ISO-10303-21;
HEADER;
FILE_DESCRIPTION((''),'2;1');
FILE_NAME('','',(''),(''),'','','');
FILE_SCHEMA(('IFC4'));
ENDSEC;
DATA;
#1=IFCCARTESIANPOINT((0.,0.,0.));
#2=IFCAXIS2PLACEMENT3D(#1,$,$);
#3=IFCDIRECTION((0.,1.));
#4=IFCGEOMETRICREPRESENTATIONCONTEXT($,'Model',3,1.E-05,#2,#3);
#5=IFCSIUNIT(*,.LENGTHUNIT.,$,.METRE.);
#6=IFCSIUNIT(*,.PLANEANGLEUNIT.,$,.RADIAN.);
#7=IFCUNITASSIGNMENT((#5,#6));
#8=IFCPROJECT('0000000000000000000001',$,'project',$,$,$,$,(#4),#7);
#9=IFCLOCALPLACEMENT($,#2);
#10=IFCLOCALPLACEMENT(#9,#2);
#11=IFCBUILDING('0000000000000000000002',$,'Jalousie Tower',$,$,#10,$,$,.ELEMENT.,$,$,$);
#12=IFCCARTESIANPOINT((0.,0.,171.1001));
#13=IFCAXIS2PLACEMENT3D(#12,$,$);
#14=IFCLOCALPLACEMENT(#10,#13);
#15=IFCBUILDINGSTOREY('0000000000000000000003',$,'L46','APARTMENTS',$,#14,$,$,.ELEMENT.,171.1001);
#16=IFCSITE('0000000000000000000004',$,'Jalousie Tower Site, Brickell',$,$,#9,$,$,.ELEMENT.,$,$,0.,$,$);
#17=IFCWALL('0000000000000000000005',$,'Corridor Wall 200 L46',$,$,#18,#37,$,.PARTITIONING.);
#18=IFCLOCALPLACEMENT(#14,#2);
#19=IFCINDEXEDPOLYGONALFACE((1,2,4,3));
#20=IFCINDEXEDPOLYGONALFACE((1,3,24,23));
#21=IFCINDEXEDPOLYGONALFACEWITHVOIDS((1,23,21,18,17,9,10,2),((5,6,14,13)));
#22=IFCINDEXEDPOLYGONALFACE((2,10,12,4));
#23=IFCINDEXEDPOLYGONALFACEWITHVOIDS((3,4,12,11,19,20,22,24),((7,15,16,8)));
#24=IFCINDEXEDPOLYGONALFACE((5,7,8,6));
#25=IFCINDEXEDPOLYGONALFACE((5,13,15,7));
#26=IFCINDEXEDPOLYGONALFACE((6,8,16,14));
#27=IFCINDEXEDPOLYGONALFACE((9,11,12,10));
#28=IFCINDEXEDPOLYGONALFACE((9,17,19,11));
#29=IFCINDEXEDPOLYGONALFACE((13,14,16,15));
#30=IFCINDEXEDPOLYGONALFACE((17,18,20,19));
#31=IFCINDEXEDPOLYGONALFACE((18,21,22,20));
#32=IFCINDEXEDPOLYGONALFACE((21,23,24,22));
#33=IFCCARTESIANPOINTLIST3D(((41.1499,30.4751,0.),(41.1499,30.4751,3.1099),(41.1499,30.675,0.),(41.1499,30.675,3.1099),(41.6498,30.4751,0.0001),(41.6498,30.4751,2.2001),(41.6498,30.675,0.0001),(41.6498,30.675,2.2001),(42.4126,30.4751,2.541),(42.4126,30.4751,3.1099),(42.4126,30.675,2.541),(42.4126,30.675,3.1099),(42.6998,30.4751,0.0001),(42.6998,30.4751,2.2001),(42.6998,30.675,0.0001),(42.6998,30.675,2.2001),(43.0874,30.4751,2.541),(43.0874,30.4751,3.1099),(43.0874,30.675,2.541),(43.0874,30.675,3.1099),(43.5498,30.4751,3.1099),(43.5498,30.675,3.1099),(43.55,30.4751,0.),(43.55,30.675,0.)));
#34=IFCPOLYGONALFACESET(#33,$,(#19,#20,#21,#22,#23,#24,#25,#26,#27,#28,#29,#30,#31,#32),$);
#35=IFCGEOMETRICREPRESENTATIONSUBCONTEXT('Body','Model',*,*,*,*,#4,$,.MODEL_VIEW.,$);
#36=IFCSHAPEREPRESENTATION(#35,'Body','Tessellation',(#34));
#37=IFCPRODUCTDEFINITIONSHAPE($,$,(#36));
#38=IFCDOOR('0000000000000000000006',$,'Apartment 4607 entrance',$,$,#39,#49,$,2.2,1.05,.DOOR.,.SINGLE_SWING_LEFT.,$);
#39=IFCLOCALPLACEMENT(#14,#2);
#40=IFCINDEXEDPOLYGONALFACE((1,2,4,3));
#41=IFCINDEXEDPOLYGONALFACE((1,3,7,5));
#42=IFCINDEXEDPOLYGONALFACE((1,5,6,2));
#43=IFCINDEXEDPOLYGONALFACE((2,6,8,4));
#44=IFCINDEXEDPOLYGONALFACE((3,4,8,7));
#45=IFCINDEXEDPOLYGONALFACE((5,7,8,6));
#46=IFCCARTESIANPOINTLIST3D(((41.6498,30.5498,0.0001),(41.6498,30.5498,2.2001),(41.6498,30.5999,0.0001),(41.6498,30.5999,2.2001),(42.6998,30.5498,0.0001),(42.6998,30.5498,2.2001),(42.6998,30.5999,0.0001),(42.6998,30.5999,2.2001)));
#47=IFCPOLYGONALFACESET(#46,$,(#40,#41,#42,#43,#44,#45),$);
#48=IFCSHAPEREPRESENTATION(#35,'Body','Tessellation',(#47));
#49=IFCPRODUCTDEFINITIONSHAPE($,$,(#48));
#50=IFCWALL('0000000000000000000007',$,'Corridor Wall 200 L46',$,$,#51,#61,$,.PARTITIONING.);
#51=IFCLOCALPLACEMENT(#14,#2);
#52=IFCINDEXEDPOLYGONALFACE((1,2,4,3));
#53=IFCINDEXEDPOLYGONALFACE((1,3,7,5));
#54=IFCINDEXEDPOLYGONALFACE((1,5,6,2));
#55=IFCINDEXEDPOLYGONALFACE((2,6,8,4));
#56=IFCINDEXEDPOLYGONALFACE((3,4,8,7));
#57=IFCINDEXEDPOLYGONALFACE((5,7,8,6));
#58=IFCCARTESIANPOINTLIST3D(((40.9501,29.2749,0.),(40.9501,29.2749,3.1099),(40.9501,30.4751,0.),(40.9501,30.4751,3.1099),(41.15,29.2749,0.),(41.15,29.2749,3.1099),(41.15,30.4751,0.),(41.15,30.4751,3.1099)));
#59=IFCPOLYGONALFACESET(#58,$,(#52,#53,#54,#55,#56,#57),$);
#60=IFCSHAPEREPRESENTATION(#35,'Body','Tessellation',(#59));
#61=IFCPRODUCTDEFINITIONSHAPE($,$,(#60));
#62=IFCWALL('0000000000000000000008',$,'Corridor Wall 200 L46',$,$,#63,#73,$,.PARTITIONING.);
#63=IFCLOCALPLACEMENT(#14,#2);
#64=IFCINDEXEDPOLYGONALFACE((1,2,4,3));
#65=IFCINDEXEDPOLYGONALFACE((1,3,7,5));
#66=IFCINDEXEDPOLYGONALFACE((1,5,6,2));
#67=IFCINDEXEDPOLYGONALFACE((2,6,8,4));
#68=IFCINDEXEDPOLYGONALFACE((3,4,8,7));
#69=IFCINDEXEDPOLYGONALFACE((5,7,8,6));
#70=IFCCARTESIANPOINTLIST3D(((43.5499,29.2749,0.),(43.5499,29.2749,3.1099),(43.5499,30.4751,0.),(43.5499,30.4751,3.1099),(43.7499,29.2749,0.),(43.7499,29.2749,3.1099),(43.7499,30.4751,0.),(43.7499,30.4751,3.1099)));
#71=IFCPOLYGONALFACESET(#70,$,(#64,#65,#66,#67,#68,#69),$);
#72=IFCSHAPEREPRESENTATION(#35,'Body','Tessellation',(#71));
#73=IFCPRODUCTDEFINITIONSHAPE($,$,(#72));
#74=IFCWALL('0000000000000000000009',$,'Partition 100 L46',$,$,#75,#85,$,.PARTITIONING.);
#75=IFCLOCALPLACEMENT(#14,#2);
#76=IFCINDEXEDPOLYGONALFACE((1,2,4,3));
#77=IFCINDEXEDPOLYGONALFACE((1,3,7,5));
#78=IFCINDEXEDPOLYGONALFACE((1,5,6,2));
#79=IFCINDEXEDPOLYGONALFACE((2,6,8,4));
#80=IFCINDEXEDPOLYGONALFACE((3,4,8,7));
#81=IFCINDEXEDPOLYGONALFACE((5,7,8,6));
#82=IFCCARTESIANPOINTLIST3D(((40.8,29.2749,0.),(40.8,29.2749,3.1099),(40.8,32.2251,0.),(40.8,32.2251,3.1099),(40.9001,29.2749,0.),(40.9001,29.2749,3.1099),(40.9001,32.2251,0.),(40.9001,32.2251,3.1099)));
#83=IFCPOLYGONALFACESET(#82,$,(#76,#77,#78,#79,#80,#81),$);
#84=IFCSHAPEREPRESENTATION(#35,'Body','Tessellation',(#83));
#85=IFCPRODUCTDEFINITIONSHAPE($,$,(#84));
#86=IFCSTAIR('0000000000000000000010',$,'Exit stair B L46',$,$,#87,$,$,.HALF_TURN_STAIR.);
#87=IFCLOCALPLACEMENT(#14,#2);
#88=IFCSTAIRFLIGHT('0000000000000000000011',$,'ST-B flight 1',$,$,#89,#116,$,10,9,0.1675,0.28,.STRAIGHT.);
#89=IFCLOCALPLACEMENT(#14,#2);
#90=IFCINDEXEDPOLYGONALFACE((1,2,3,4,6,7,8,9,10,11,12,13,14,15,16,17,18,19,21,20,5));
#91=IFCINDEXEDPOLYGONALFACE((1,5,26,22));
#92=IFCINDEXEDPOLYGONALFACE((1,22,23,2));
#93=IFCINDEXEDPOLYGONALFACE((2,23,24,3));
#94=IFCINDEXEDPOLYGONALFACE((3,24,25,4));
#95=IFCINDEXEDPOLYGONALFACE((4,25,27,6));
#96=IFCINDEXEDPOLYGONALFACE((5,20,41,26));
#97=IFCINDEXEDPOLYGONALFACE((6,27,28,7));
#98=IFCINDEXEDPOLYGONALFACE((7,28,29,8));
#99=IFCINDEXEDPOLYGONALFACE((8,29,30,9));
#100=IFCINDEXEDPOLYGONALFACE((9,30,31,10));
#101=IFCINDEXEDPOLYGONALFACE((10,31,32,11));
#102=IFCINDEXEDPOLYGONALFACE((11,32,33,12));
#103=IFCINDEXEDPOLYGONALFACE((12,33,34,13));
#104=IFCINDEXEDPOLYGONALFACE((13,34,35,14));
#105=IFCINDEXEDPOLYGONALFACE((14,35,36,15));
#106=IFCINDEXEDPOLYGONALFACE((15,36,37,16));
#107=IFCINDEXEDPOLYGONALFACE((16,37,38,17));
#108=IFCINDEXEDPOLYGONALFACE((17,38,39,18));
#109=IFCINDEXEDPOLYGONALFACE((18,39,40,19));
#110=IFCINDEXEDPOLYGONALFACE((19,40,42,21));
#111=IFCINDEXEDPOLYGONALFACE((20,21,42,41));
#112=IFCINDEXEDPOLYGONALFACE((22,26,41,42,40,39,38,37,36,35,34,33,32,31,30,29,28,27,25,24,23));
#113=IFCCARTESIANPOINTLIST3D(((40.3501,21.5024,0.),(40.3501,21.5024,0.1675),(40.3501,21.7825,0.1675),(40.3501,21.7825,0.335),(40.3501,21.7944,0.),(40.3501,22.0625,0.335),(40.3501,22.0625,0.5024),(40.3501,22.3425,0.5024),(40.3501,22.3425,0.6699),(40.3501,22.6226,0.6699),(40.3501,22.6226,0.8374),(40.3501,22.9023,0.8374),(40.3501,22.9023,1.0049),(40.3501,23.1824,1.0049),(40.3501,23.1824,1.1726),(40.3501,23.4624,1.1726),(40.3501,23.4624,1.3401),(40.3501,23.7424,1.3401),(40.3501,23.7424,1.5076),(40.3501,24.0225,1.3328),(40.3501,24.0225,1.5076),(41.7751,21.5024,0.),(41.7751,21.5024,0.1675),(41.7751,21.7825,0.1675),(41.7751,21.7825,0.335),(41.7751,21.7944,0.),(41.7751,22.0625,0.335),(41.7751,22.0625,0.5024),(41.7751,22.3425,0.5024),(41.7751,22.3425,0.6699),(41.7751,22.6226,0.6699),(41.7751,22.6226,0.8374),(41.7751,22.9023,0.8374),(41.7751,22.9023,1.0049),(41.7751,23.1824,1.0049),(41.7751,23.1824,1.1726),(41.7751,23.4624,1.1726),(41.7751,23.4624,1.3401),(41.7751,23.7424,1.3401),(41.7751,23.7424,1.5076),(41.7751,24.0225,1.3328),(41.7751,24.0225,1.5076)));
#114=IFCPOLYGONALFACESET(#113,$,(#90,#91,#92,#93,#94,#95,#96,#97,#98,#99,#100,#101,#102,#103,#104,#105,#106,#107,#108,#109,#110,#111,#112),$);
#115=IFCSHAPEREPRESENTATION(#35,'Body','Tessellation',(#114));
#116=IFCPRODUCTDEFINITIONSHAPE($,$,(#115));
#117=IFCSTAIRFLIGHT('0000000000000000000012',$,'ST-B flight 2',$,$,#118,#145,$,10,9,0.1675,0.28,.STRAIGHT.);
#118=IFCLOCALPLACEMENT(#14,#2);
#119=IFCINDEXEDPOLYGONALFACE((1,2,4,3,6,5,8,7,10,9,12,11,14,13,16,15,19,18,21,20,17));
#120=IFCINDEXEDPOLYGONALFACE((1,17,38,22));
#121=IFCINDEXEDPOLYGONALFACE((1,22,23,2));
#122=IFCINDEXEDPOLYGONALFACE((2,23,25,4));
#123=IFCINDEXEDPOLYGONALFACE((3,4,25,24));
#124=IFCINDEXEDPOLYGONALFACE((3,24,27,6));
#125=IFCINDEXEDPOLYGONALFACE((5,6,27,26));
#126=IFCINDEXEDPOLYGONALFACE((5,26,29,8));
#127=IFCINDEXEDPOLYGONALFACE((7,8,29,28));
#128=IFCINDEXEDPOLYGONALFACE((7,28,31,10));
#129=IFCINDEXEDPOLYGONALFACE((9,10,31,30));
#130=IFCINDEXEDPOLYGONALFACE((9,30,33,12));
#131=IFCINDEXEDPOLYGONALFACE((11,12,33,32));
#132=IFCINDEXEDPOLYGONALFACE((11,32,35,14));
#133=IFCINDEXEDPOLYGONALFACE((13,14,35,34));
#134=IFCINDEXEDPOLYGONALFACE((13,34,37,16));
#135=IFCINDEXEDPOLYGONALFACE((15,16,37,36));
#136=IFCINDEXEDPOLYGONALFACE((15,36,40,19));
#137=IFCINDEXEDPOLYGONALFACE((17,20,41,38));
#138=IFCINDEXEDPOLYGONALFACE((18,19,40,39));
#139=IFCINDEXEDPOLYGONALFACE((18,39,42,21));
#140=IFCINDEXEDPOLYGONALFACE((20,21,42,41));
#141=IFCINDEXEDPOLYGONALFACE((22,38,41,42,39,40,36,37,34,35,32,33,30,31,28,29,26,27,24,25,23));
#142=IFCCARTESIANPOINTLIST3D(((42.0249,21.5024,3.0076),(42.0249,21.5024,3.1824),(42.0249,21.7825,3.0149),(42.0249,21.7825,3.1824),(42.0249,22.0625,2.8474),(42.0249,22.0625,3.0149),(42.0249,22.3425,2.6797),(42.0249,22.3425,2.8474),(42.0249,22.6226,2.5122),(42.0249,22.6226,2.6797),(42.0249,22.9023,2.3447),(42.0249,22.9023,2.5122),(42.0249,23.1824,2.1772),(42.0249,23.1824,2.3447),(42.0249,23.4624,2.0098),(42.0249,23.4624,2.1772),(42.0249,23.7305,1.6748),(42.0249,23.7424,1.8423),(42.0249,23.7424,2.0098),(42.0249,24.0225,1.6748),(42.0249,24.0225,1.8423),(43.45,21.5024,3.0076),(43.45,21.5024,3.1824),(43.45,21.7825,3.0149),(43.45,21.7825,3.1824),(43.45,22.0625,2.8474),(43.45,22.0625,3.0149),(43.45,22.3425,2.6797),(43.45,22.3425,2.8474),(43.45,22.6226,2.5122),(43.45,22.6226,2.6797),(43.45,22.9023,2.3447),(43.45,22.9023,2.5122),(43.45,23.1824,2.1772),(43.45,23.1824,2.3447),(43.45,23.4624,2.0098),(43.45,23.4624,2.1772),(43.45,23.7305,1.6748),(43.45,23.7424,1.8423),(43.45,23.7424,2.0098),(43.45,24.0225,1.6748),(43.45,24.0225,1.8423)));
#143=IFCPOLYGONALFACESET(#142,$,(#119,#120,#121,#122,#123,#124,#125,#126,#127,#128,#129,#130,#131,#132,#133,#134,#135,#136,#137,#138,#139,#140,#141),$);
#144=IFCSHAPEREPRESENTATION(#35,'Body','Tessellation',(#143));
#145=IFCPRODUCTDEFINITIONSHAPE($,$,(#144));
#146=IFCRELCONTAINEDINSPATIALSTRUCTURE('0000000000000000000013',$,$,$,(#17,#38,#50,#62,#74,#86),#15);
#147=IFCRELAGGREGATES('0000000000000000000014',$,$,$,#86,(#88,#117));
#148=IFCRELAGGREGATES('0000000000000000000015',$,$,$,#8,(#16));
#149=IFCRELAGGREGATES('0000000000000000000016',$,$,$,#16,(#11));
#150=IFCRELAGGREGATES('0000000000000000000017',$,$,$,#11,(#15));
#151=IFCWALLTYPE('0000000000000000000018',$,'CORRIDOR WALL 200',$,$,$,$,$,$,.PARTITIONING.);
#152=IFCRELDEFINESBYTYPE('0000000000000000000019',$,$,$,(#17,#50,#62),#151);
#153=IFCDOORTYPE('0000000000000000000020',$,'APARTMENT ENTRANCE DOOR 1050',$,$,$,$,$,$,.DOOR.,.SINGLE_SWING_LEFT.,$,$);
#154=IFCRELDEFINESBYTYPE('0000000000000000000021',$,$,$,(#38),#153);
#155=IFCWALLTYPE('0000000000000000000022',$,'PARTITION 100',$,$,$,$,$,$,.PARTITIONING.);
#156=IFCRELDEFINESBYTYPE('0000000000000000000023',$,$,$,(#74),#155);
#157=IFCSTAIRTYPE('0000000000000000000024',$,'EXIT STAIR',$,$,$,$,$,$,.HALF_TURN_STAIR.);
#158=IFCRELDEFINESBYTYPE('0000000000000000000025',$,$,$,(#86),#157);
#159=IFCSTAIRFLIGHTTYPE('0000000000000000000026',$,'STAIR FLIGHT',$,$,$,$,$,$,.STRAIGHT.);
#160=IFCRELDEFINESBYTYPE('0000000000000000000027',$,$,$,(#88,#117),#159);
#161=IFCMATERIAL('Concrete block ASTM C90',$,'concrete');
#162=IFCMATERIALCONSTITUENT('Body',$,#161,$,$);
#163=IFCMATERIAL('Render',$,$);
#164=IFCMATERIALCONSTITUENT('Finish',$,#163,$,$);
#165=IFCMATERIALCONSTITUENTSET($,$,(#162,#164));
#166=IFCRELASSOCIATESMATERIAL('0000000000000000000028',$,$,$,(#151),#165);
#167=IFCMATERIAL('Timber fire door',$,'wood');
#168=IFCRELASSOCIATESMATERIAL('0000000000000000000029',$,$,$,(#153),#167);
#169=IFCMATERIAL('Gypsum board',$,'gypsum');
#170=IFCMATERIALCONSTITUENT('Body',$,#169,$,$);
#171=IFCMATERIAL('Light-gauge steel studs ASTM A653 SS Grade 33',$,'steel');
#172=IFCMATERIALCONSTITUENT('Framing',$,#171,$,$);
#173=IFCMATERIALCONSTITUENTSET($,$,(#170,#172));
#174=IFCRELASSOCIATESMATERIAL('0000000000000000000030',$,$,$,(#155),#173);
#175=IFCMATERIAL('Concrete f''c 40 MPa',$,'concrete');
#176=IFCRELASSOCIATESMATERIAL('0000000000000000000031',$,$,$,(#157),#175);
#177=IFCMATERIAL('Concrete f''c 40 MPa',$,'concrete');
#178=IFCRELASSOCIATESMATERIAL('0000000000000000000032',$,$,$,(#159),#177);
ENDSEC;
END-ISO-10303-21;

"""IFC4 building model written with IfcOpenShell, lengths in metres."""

from ifc_helpers import new_model, si_unit, direction, frame, frame_2d, origin, place, context, subcontext, project, spatial, polyline, rectangle, outline, extrude, material, constituent, constituent_set, type_object, element, fill, aggregate, save


model = new_model("IFC4")

# Units and contexts
model_context = context("Model", 3, precision=1e-05, world=origin(), true_north=direction((0.0, 1.0)))
body_context = subcontext(model_context, "Body", "Model", "MODEL_VIEW")
ifc_project = project(units=[si_unit("LENGTHUNIT", "METRE"), si_unit("PLANEANGLEUNIT", "RADIAN")], contexts=[model_context])

# Site, building, storey
site_placement = place(None, origin())
site = spatial("IfcSite", under=ifc_project, at=site_placement, Name="Jalousie Tower Site, Brickell", CompositionType="ELEMENT", RefElevation=0.0)
building_placement = place(site_placement, origin())
building = spatial("IfcBuilding", under=site, at=building_placement, Name="Jalousie Tower", CompositionType="ELEMENT")
storey_placement = place(building_placement, frame((0.0, 0.0, 171.1001)))
storey = spatial("IfcBuildingStorey", under=building, at=storey_placement, Name="L46", Description="APARTMENTS", CompositionType="ELEMENT", Elevation=171.1001)

# Shared definitions
ifc_material_1 = material(Name="Concrete block ASTM C90", Category="concrete")
ifc_constituent_1 = constituent(ifc_material_1, Name="Body")
ifc_material_2 = material(Name="Render")
ifc_constituent_2 = constituent(ifc_material_2, Name="Finish")
ifc_constituent_set_1 = constituent_set(constituents=[ifc_constituent_1, ifc_constituent_2])
wall_type_1 = type_object("IfcWallType", Name="CORRIDOR WALL 200", PredefinedType="PARTITIONING", material=ifc_constituent_set_1)

# Wall, opening, door
wall_1_placement = place(storey_placement, frame((41.1499, 30.575, 0.0), z_axis=(0.0, 0.0, 1.0), x_axis=(1.0, 0.0, 0.0)))
wall_1 = element("IfcWall", 1, at=wall_1_placement, inside=storey, type_object=wall_type_1, Name="Corridor Wall 200 L46", PredefinedType="PARTITIONING", context=body_context, shape_type="SweptSolid", body=[
    extrude(outline(polyline([(0.0, 0.0), (2.4001, 0.0), (2.3999, 3.1099), (1.9375, 3.1099), (1.9375, 2.541), (1.2627, 2.541), (1.2627, 3.1099), (0.0, 3.1099), (0.0, 0.0)])), frame((0.0, 0.1001, 0.0), z_axis=(0.0, -1.0, 0.0), x_axis=(1.0, 0.0, 0.0)), (0.0, 0.0, 1.0), 0.2),
])
opening_1_placement = place(wall_1_placement, frame((0.5, 0.0, 0.0)))
opening_1 = element("IfcOpeningElement", 2, at=opening_1_placement, cuts=wall_1, PredefinedType="OPENING", context=body_context, shape_type="SweptSolid", body=[
    extrude(rectangle(XDim=1.05, YDim=2.2, at=frame_2d((0.5249, 1.1001))), frame((0.0, 0.1099, 0.0), z_axis=(0.0, -1.0, 0.0), x_axis=(1.0, 0.0, 0.0)), (0.0, 0.0, 1.0), 0.22),
])
ifc_material_3 = material(Name="Timber fire door", Category="wood")
door_type_1 = type_object("IfcDoorType", Name="APARTMENT ENTRANCE DOOR 1050", OperationType="SINGLE_SWING_LEFT", PredefinedType="DOOR", material=ifc_material_3)
door_1_placement = place(opening_1_placement, origin())
door_1 = element("IfcDoor", 3, at=door_1_placement, inside=storey, type_object=door_type_1, Name="Apartment 4607 entrance", OperationType="SINGLE_SWING_LEFT", OverallHeight=2.2, OverallWidth=1.05, PredefinedType="DOOR", context=body_context, shape_type="SweptSolid", body=[
    extrude(rectangle(XDim=1.05, YDim=2.2, at=frame_2d((0.5249, 1.1001))), frame((0.0, 0.0249, 0.0), z_axis=(0.0, -1.0, 0.0), x_axis=(1.0, 0.0, 0.0)), (0.0, 0.0, 1.0), 0.05),
])
fill(opening_1, door_1)

# Walls
for number, where, z_axis, x_axis, name in (
    (4, (41.05, 29.2749, 0.0), (0.0, 0.0, 1.0), (0.0, 1.0, 0.0), "Corridor Wall 200 L46"),
    (5, (43.6499, 29.2749, 0.0), (0.0, 0.0, 1.0), (0.0, 1.0, 0.0), "Corridor Wall 200 L46"),
):
    element("IfcWall", number, at=place(storey_placement, frame(where, z_axis=z_axis, x_axis=x_axis)), inside=storey, type_object=wall_type_1, Name=name, PredefinedType="PARTITIONING", context=body_context, shape_type="SweptSolid", body=[
        extrude(rectangle(XDim=1.2002, YDim=0.2, at=frame_2d((0.6001, 0.0))), origin(), (0.0, 0.0, 1.0), 3.1099),
    ])
ifc_material_4 = material(Name="Gypsum board", Category="gypsum")
ifc_constituent_3 = constituent(ifc_material_4, Name="Body")
ifc_material_5 = material(Name="Light-gauge steel studs ASTM A653 SS Grade 33", Category="steel")
ifc_constituent_4 = constituent(ifc_material_5, Name="Framing")
ifc_constituent_set_2 = constituent_set(constituents=[ifc_constituent_3, ifc_constituent_4])
wall_type_2 = type_object("IfcWallType", Name="PARTITION 100", PredefinedType="PARTITIONING", material=ifc_constituent_set_2)
wall_2_placement = place(storey_placement, frame((40.8501, 32.2251, 0.0), z_axis=(0.0, 0.0, 1.0), x_axis=(0.0, -1.0, 0.0)))
element("IfcWall", 6, at=wall_2_placement, inside=storey, type_object=wall_type_2, Name="Partition 100 L46", PredefinedType="PARTITIONING", context=body_context, shape_type="SweptSolid", body=[
    extrude(rectangle(XDim=2.9502, YDim=0.1001, at=frame_2d((1.4751, 0.0))), origin(), (0.0, 0.0, 1.0), 3.1099),
])

# Stair, stair flights
ifc_material_6 = material(Name="Concrete f'c 40 MPa", Category="concrete")
stair_type = type_object("IfcStairType", Name="EXIT STAIR", PredefinedType="HALF_TURN_STAIR", material=ifc_material_6)
stair_placement = place(storey_placement, origin())
stair = element("IfcStair", 7, at=stair_placement, inside=storey, type_object=stair_type, Name="Exit stair B L46", PredefinedType="HALF_TURN_STAIR")
ifc_material_7 = material(Name="Concrete f'c 40 MPa", Category="concrete")
stair_flight_type = type_object("IfcStairFlightType", Name="STAIR FLIGHT", PredefinedType="STRAIGHT", material=ifc_material_7)
stair_flight_1_placement = place(storey_placement, frame((41.0625, 21.5024, 0.0), z_axis=(0.0, 0.0, 1.0), x_axis=(0.0, 1.0, 0.0)))
stair_flight_1 = element("IfcStairFlight", 8, at=stair_flight_1_placement, type_object=stair_flight_type, Name="ST-B flight 1", NumberOfRisers=10, NumberOfTreads=9, PredefinedType="STRAIGHT", RiserHeight=0.1675, TreadLength=0.28, context=body_context, shape_type="SweptSolid", body=[
    extrude(outline(polyline([(0.0, 0.0), (0.0, 0.1675), (0.28, 0.1675), (0.28, 0.335), (0.5601, 0.335), (0.5601, 0.5024), (0.8401, 0.5024), (0.8401, 0.6699), (1.1201, 0.6699), (1.1201, 0.8374), (1.3999, 0.8374), (1.3999, 1.0049), (1.6799, 1.0049), (1.6799, 1.1726), (1.96, 1.1726), (1.96, 1.3401), (2.24, 1.3401), (2.24, 1.5076), (2.52, 1.5076), (2.52, 1.675), (2.52, 1.3328), (0.292, 0.0), (0.0, 0.0)])), frame((0.0, 0.7124, 0.0), z_axis=(0.0, -1.0, 0.0), x_axis=(1.0, 0.0, 0.0)), (0.0, 0.0, 1.0), 1.425),
])
stair_flight_2_placement = place(storey_placement, frame((42.7375, 24.0225, 1.6748), z_axis=(0.0, 0.0, 1.0), x_axis=(0.0, -1.0, 0.0)))
stair_flight_2 = element("IfcStairFlight", 9, at=stair_flight_2_placement, type_object=stair_flight_type, Name="ST-B flight 2", NumberOfRisers=10, NumberOfTreads=9, PredefinedType="STRAIGHT", RiserHeight=0.1675, TreadLength=0.28, context=body_context, shape_type="SweptSolid", body=[
    extrude(outline(polyline([(0.0, 0.0), (0.0, 0.1675), (0.28, 0.1675), (0.28, 0.335), (0.5601, 0.335), (0.5601, 0.5024), (0.8401, 0.5024), (0.8401, 0.6699), (1.1201, 0.6699), (1.1201, 0.8374), (1.3999, 0.8374), (1.3999, 1.0049), (1.6799, 1.0049), (1.6799, 1.1726), (1.96, 1.1726), (1.96, 1.3401), (2.24, 1.3401), (2.24, 1.5076), (2.52, 1.5076), (2.52, 1.675), (2.52, 1.3328), (0.292, 0.0), (0.0, 0.0)])), frame((0.0, 0.7124, 0.0), z_axis=(0.0, -1.0, 0.0), x_axis=(1.0, 0.0, 0.0)), (0.0, 0.0, 1.0), 1.425),
])
aggregate(stair, [stair_flight_1, stair_flight_2])

save(model, "model.ifc")
